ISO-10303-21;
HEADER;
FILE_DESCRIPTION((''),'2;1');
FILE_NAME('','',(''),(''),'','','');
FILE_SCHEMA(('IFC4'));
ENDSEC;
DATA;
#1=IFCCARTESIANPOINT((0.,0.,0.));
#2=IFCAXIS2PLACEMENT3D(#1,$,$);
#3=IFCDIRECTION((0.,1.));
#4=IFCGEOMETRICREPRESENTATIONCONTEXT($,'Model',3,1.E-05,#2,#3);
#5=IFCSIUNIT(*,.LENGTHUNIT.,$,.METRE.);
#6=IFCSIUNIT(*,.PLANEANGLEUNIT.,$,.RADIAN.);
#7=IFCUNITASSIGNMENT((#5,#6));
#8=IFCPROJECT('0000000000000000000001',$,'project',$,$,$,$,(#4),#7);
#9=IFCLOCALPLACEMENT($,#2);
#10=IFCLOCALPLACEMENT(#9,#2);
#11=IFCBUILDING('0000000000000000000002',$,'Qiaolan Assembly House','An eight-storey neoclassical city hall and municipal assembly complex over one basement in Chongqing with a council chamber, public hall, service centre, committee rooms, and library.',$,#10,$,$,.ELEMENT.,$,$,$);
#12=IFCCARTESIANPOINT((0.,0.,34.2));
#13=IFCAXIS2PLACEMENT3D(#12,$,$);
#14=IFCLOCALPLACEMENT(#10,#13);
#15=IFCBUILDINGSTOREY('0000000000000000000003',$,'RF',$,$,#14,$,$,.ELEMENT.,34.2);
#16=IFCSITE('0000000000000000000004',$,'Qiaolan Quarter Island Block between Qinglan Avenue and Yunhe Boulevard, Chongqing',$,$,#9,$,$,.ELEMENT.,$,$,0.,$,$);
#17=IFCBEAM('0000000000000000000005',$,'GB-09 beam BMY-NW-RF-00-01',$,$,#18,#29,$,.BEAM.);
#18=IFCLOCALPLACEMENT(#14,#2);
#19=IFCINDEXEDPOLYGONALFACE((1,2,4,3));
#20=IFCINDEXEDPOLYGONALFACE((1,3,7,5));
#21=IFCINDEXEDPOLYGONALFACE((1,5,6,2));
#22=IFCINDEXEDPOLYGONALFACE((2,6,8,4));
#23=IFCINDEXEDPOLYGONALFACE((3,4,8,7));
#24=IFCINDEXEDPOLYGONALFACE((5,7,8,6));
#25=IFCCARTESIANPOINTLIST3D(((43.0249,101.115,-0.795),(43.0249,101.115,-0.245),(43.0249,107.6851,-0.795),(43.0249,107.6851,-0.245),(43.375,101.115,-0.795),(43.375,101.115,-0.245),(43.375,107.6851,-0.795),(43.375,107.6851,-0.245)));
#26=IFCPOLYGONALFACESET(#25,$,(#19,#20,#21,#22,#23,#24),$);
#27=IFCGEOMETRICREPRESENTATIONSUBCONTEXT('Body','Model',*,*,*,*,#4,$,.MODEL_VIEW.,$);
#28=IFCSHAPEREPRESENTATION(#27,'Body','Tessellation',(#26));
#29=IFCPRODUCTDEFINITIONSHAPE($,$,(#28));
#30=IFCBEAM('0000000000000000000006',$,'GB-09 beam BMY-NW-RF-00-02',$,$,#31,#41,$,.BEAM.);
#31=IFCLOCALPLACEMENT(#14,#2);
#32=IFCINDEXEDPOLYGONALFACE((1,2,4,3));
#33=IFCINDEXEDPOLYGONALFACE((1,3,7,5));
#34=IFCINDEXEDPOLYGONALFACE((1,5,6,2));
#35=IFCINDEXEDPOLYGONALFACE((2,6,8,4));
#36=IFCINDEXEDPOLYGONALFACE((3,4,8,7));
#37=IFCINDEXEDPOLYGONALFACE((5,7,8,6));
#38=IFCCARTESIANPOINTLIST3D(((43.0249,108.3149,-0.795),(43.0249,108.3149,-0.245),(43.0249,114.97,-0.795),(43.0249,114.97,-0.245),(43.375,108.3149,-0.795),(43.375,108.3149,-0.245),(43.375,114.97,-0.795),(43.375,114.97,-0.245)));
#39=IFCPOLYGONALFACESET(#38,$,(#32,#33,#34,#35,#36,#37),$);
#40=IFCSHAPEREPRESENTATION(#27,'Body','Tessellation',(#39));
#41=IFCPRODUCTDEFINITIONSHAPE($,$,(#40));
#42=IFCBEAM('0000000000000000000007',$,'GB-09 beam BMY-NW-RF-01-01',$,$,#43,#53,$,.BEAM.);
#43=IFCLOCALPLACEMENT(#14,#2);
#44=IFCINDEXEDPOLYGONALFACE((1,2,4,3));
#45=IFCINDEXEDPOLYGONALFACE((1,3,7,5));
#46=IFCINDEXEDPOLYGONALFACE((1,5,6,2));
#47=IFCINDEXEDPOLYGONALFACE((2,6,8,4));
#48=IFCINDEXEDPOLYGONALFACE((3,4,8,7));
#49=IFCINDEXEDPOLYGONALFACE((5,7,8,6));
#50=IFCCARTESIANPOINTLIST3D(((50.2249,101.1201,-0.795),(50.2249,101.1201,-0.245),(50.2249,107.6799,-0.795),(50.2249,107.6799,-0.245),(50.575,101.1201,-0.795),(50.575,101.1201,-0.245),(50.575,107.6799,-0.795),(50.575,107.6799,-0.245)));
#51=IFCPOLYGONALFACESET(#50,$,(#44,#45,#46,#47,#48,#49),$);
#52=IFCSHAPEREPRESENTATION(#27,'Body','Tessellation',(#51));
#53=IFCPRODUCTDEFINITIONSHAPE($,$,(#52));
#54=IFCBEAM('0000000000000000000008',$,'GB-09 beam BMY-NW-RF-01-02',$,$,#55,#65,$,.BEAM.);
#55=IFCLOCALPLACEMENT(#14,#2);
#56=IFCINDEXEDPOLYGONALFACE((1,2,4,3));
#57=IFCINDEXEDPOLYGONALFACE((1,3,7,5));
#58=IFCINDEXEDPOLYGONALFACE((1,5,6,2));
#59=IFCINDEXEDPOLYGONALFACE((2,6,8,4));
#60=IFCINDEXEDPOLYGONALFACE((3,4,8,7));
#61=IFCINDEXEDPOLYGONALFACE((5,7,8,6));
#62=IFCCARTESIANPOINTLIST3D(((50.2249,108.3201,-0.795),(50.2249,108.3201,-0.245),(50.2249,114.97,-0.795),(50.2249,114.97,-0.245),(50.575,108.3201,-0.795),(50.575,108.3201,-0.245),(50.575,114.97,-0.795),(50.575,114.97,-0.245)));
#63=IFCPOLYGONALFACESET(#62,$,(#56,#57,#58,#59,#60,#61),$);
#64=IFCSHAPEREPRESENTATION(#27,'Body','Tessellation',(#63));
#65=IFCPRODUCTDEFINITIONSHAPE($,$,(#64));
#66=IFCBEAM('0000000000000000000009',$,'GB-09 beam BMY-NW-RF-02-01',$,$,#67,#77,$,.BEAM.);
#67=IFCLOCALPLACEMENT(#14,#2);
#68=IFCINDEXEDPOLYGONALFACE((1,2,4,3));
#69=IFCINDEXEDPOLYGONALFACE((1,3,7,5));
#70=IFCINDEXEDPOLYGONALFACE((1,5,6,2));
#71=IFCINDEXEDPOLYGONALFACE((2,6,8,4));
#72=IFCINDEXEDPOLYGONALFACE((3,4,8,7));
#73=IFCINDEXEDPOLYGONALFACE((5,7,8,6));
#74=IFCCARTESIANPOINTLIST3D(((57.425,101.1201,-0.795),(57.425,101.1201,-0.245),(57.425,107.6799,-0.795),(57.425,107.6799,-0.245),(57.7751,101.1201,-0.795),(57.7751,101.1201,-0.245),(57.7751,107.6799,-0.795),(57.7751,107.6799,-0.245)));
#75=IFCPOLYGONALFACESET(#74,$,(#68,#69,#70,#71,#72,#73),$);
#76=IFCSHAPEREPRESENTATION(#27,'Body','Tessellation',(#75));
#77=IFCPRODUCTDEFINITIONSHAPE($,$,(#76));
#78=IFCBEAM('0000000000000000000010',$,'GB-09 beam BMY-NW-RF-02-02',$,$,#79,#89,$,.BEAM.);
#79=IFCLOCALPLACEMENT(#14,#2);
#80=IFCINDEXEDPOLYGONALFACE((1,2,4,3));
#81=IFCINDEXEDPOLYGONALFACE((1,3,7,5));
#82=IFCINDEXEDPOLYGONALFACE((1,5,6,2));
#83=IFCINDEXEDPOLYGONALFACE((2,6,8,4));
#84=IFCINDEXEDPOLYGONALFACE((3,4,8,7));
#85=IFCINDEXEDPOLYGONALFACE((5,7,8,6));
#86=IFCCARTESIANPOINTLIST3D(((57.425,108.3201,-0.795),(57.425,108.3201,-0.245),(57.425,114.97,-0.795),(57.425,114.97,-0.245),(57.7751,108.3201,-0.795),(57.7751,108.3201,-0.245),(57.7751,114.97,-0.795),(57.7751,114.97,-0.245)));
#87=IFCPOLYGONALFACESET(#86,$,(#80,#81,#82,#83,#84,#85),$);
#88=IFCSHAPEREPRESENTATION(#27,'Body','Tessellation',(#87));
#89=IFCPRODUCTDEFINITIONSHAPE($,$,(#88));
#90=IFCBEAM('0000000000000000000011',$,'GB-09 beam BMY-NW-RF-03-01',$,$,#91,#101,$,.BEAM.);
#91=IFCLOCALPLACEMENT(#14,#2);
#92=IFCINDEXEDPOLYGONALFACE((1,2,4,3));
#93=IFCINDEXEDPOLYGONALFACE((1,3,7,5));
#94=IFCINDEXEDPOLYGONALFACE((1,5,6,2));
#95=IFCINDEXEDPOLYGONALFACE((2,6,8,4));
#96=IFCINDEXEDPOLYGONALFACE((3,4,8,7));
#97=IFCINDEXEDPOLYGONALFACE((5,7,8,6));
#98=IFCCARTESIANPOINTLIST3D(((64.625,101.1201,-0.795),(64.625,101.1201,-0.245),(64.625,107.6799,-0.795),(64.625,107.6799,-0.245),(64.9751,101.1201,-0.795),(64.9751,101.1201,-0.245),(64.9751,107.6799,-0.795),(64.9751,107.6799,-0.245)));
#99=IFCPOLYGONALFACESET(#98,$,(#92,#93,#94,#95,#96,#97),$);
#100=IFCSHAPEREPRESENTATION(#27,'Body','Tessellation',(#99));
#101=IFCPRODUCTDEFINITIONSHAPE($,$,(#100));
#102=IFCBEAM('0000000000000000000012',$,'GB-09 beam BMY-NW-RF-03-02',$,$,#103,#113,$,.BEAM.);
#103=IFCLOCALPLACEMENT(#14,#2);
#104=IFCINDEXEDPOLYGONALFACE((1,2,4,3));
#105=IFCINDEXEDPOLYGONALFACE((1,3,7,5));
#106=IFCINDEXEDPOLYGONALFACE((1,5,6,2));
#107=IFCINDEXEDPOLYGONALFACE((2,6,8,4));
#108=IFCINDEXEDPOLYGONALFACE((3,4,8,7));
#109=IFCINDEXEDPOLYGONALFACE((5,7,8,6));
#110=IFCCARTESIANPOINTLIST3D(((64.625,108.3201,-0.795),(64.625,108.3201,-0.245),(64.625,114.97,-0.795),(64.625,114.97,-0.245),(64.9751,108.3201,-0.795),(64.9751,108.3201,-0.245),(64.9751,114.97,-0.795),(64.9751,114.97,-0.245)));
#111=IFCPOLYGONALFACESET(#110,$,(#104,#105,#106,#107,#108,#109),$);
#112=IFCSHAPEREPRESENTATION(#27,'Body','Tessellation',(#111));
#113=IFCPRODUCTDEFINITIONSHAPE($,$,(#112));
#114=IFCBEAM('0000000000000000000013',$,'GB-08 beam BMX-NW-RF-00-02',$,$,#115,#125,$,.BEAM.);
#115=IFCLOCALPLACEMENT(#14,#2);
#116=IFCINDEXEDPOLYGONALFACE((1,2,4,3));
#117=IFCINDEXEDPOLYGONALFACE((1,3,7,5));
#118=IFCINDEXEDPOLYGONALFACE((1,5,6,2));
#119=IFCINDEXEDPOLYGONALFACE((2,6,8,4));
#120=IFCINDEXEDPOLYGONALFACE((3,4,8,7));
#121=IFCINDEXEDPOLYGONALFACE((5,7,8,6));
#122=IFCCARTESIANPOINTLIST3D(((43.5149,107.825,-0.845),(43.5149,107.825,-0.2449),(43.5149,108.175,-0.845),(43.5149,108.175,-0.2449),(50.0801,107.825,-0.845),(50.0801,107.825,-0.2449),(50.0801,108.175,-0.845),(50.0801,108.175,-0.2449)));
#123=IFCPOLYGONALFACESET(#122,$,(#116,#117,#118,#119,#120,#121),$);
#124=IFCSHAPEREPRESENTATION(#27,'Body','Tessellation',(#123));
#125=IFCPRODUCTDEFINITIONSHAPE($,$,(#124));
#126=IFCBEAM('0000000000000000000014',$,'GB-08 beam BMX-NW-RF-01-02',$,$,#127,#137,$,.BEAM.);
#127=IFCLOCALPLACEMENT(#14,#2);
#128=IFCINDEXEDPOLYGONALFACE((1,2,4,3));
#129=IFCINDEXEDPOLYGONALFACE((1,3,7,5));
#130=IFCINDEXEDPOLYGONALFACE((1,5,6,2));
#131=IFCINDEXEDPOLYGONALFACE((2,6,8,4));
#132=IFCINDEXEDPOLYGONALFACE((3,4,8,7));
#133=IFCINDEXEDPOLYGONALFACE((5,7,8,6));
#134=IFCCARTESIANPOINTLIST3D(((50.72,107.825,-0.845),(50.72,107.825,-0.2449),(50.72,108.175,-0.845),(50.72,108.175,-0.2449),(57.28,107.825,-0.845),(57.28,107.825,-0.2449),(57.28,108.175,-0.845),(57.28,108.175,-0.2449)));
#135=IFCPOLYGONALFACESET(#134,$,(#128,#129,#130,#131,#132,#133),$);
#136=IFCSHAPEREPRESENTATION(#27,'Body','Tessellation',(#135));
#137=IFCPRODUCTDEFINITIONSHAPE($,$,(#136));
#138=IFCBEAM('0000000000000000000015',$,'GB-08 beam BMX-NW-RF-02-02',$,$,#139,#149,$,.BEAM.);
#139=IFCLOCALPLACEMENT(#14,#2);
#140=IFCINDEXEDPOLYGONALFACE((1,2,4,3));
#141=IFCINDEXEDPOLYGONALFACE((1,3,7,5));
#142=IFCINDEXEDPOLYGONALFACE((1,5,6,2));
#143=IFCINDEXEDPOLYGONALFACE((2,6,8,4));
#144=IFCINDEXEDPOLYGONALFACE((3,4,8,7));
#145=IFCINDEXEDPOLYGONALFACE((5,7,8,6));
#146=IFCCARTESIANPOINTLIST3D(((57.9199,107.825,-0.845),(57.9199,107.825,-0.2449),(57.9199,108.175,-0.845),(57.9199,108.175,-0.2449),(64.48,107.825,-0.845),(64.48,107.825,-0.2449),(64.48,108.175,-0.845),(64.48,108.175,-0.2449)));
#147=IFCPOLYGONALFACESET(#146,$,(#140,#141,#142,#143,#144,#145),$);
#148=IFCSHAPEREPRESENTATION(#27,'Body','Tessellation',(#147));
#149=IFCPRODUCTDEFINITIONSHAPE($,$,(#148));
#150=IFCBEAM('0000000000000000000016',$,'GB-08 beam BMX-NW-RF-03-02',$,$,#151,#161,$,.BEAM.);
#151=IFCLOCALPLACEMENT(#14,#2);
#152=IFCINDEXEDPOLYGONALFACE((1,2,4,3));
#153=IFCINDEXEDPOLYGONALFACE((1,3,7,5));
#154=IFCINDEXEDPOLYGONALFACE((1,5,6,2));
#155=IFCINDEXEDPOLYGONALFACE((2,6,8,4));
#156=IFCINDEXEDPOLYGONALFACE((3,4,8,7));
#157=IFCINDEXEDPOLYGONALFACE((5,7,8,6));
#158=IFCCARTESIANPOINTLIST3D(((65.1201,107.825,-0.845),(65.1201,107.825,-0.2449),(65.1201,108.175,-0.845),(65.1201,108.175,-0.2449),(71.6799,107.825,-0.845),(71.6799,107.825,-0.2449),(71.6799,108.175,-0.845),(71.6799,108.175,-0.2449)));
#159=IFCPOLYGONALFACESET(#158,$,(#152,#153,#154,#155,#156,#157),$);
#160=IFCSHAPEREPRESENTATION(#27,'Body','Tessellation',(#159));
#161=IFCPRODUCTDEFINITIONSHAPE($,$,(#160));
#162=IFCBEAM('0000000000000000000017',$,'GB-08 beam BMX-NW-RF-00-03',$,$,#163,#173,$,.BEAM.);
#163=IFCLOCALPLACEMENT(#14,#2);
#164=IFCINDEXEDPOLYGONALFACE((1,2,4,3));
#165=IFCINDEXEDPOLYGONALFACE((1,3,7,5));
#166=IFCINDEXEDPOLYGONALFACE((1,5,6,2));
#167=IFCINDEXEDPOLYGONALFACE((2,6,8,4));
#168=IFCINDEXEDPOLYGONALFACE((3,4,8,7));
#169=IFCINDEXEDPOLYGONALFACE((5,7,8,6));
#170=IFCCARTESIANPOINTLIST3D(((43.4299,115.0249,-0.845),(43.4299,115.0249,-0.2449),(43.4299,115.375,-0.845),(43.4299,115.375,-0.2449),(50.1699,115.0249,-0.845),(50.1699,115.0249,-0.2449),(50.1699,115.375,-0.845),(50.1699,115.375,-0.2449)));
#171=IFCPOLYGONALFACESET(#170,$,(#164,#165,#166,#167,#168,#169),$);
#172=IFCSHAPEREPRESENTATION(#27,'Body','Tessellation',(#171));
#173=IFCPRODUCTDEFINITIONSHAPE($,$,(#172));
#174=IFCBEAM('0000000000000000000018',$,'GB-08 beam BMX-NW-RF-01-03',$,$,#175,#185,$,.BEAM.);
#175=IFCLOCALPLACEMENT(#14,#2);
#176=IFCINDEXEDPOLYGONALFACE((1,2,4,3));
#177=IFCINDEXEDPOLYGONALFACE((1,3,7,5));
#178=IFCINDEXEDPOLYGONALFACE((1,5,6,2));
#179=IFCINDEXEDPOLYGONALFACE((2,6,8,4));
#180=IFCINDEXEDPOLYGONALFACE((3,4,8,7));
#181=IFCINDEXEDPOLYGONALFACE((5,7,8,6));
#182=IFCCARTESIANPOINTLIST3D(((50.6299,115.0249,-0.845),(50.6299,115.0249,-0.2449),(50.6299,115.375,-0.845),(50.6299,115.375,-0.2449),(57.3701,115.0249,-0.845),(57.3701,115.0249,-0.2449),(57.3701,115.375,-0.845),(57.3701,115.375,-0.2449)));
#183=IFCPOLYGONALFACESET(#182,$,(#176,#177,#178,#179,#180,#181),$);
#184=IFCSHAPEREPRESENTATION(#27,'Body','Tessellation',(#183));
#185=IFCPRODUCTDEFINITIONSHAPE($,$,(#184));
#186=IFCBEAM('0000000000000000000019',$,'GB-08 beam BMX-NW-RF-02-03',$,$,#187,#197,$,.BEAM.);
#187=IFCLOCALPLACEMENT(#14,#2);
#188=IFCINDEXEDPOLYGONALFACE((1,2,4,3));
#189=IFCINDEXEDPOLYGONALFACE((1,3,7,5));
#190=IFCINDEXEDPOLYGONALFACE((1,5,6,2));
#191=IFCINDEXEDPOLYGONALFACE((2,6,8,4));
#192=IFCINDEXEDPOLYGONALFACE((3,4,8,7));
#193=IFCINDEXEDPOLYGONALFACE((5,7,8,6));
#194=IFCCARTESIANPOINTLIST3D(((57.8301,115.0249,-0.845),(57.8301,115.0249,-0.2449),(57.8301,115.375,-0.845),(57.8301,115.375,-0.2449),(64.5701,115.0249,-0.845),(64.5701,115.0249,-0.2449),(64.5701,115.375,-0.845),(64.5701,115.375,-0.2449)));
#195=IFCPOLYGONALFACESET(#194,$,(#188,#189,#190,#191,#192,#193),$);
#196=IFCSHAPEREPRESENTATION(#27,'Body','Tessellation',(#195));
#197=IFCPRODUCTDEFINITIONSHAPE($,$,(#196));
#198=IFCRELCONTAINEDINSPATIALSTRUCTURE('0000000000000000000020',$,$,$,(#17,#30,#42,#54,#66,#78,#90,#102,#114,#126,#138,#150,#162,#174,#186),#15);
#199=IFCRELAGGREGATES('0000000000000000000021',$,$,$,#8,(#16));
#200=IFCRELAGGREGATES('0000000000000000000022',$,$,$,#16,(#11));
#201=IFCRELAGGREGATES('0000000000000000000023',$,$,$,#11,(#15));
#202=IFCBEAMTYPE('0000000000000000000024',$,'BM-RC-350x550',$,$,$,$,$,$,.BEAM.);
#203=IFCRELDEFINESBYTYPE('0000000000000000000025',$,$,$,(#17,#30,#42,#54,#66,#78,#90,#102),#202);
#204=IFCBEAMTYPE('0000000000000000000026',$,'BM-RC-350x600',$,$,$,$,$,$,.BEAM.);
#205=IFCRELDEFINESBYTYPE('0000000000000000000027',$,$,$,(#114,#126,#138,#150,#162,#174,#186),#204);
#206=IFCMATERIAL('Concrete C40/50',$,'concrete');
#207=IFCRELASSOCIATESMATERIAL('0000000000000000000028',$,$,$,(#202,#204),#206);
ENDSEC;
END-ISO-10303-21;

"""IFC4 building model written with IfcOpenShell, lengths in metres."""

from ifc_helpers import new_model, si_unit, direction, frame, origin, origin_2d, place, context, subcontext, project, spatial, rectangle, extrude, material, material_profile, profile_set, type_object, element, save


model = new_model("IFC4")

# Units and contexts
model_context = context("Model", 3, precision=1e-05, world=origin(), true_north=direction((0.0, 1.0)))
body_context = subcontext(model_context, "Body", "Model", "MODEL_VIEW")
ifc_project = project(units=[si_unit("LENGTHUNIT", "METRE"), si_unit("PLANEANGLEUNIT", "RADIAN")], contexts=[model_context])

# Site, building, storey
site_placement = place(None, origin())
site = spatial("IfcSite", under=ifc_project, at=site_placement, Name="Qiaolan Quarter Island Block between Qinglan Avenue and Yunhe Boulevard, Chongqing", CompositionType="ELEMENT", RefElevation=0.0)
building_placement = place(site_placement, origin())
building = spatial("IfcBuilding", under=site, at=building_placement, Name="Qiaolan Assembly House", Description="An eight-storey neoclassical city hall and municipal assembly complex over one basement in Chongqing with a council chamber, public hall, service centre, committee rooms, and library.", CompositionType="ELEMENT")
storey_placement = place(building_placement, frame((0.0, 0.0, 34.2)))
storey = spatial("IfcBuildingStorey", under=building, at=storey_placement, Name="RF", CompositionType="ELEMENT", Elevation=34.2)

# Beams
ifc_material_1 = material(Name="Concrete C40/50", Category="concrete")
ifc_material_profile_1 = material_profile(ifc_material_1, rectangle(XDim=0.3501, YDim=0.55, at=origin_2d()), Name="RCB 350x550")
ifc_profile_set_1 = profile_set([ifc_material_profile_1], Name="Concrete C40/50")
beam_type_1 = type_object("IfcBeamType", Name="BM-RC-350x550", PredefinedType="BEAM", material=ifc_profile_set_1)
beam_1_placement = place(storey_placement, frame((43.2, 101.115, -0.52), z_axis=(0.0, 1.0, 0.0), x_axis=(-1.0, 0.0, 0.0)))
element("IfcBeam", 1, at=beam_1_placement, inside=storey, type_object=beam_type_1, Name="GB-09 beam BMY-NW-RF-00-01", PredefinedType="BEAM", context=body_context, shape_type="SweptSolid", body=[
    extrude(rectangle(XDim=0.3501, YDim=0.55, at=origin_2d()), origin(), (0.0, 0.0, 1.0), 6.5701),
])
beam_2_placement = place(storey_placement, frame((43.2, 108.3149, -0.52), z_axis=(0.0, 1.0, 0.0), x_axis=(-1.0, 0.0, 0.0)))
element("IfcBeam", 2, at=beam_2_placement, inside=storey, type_object=beam_type_1, Name="GB-09 beam BMY-NW-RF-00-02", PredefinedType="BEAM", context=body_context, shape_type="SweptSolid", body=[
    extrude(rectangle(XDim=0.3501, YDim=0.55, at=origin_2d()), origin(), (0.0, 0.0, 1.0), 6.655),
])
beam_3_placement = place(storey_placement, frame((50.3999, 101.1201, -0.52), z_axis=(0.0, 1.0, 0.0), x_axis=(-1.0, 0.0, 0.0)))
element("IfcBeam", 3, at=beam_3_placement, inside=storey, type_object=beam_type_1, Name="GB-09 beam BMY-NW-RF-01-01", PredefinedType="BEAM", context=body_context, shape_type="SweptSolid", body=[
    extrude(rectangle(XDim=0.3501, YDim=0.55, at=origin_2d()), origin(), (0.0, 0.0, 1.0), 6.5598),
])
beam_4_placement = place(storey_placement, frame((50.3999, 108.3201, -0.52), z_axis=(0.0, 1.0, 0.0), x_axis=(-1.0, 0.0, 0.0)))
element("IfcBeam", 4, at=beam_4_placement, inside=storey, type_object=beam_type_1, Name="GB-09 beam BMY-NW-RF-01-02", PredefinedType="BEAM", context=body_context, shape_type="SweptSolid", body=[
    extrude(rectangle(XDim=0.3501, YDim=0.55, at=origin_2d()), origin(), (0.0, 0.0, 1.0), 6.6499),
])
beam_5_placement = place(storey_placement, frame((57.6001, 101.1201, -0.52), z_axis=(0.0, 1.0, 0.0), x_axis=(-1.0, 0.0, 0.0)))
element("IfcBeam", 5, at=beam_5_placement, inside=storey, type_object=beam_type_1, Name="GB-09 beam BMY-NW-RF-02-01", PredefinedType="BEAM", context=body_context, shape_type="SweptSolid", body=[
    extrude(rectangle(XDim=0.3501, YDim=0.55, at=origin_2d()), origin(), (0.0, 0.0, 1.0), 6.5598),
])
beam_6_placement = place(storey_placement, frame((57.6001, 108.3201, -0.52), z_axis=(0.0, 1.0, 0.0), x_axis=(-1.0, 0.0, 0.0)))
element("IfcBeam", 6, at=beam_6_placement, inside=storey, type_object=beam_type_1, Name="GB-09 beam BMY-NW-RF-02-02", PredefinedType="BEAM", context=body_context, shape_type="SweptSolid", body=[
    extrude(rectangle(XDim=0.3501, YDim=0.55, at=origin_2d()), origin(), (0.0, 0.0, 1.0), 6.6499),
])
beam_7_placement = place(storey_placement, frame((64.8, 101.1201, -0.52), z_axis=(0.0, 1.0, 0.0), x_axis=(-1.0, 0.0, 0.0)))
element("IfcBeam", 7, at=beam_7_placement, inside=storey, type_object=beam_type_1, Name="GB-09 beam BMY-NW-RF-03-01", PredefinedType="BEAM", context=body_context, shape_type="SweptSolid", body=[
    extrude(rectangle(XDim=0.3501, YDim=0.55, at=origin_2d()), origin(), (0.0, 0.0, 1.0), 6.5598),
])
beam_8_placement = place(storey_placement, frame((64.8, 108.3201, -0.52), z_axis=(0.0, 1.0, 0.0), x_axis=(-1.0, 0.0, 0.0)))
element("IfcBeam", 8, at=beam_8_placement, inside=storey, type_object=beam_type_1, Name="GB-09 beam BMY-NW-RF-03-02", PredefinedType="BEAM", context=body_context, shape_type="SweptSolid", body=[
    extrude(rectangle(XDim=0.3501, YDim=0.55, at=origin_2d()), origin(), (0.0, 0.0, 1.0), 6.6499),
])
ifc_material_profile_2 = material_profile(ifc_material_1, rectangle(XDim=0.3501, YDim=0.6001, at=origin_2d()), Name="RCB 350x600")
ifc_profile_set_2 = profile_set([ifc_material_profile_2], Name="Concrete C40/50")
beam_type_2 = type_object("IfcBeamType", Name="BM-RC-350x600", PredefinedType="BEAM", material=ifc_profile_set_2)
beam_9_placement = place(storey_placement, frame((43.5149, 108.0, -0.5449), z_axis=(1.0, 0.0, 0.0), x_axis=(0.0, 1.0, 0.0)))
element("IfcBeam", 9, at=beam_9_placement, inside=storey, type_object=beam_type_2, Name="GB-08 beam BMX-NW-RF-00-02", PredefinedType="BEAM", context=body_context, shape_type="SweptSolid", body=[
    extrude(rectangle(XDim=0.3501, YDim=0.6001, at=origin_2d()), origin(), (0.0, 0.0, 1.0), 6.5652),
])
for number, where, z_axis, x_axis, name in (
    (10, (50.72, 108.0, -0.5449), (1.0, 0.0, 0.0), (0.0, 1.0, 0.0), "GB-08 beam BMX-NW-RF-01-02"),
    (11, (57.9199, 108.0, -0.5449), (1.0, 0.0, 0.0), (0.0, 1.0, 0.0), "GB-08 beam BMX-NW-RF-02-02"),
):
    element("IfcBeam", number, at=place(storey_placement, frame(where, z_axis=z_axis, x_axis=x_axis)), inside=storey, type_object=beam_type_2, Name=name, PredefinedType="BEAM", context=body_context, shape_type="SweptSolid", body=[
        extrude(rectangle(XDim=0.3501, YDim=0.6001, at=origin_2d()), origin(), (0.0, 0.0, 1.0), 6.5601),
    ])
beam_10_placement = place(storey_placement, frame((65.1201, 108.0, -0.5449), z_axis=(1.0, 0.0, 0.0), x_axis=(0.0, 1.0, 0.0)))
element("IfcBeam", 12, at=beam_10_placement, inside=storey, type_object=beam_type_2, Name="GB-08 beam BMX-NW-RF-03-02", PredefinedType="BEAM", context=body_context, shape_type="SweptSolid", body=[
    extrude(rectangle(XDim=0.3501, YDim=0.6001, at=origin_2d()), origin(), (0.0, 0.0, 1.0), 6.5598),
])
beam_11_placement = place(storey_placement, frame((43.4299, 115.2, -0.5449), z_axis=(1.0, 0.0, 0.0), x_axis=(0.0, 1.0, 0.0)))
element("IfcBeam", 13, at=beam_11_placement, inside=storey, type_object=beam_type_2, Name="GB-08 beam BMX-NW-RF-00-03", PredefinedType="BEAM", context=body_context, shape_type="SweptSolid", body=[
    extrude(rectangle(XDim=0.3501, YDim=0.6001, at=origin_2d()), origin(), (0.0, 0.0, 1.0), 6.74),
])
beam_12_placement = place(storey_placement, frame((50.6299, 115.2, -0.5449), z_axis=(1.0, 0.0, 0.0), x_axis=(0.0, 1.0, 0.0)))
element("IfcBeam", 14, at=beam_12_placement, inside=storey, type_object=beam_type_2, Name="GB-08 beam BMX-NW-RF-01-03", PredefinedType="BEAM", context=body_context, shape_type="SweptSolid", body=[
    extrude(rectangle(XDim=0.3501, YDim=0.6001, at=origin_2d()), origin(), (0.0, 0.0, 1.0), 6.7402),
])
for number, where, z_axis, x_axis, name in (
    (15, (57.8301, 115.2, -0.5449), (1.0, 0.0, 0.0), (0.0, 1.0, 0.0), "GB-08 beam BMX-NW-RF-02-03"),
):
    element("IfcBeam", number, at=place(storey_placement, frame(where, z_axis=z_axis, x_axis=x_axis)), inside=storey, type_object=beam_type_2, Name=name, PredefinedType="BEAM", context=body_context, shape_type="SweptSolid", body=[
        extrude(rectangle(XDim=0.3501, YDim=0.6001, at=origin_2d()), origin(), (0.0, 0.0, 1.0), 6.74),
    ])

save(model, "model.ifc")
